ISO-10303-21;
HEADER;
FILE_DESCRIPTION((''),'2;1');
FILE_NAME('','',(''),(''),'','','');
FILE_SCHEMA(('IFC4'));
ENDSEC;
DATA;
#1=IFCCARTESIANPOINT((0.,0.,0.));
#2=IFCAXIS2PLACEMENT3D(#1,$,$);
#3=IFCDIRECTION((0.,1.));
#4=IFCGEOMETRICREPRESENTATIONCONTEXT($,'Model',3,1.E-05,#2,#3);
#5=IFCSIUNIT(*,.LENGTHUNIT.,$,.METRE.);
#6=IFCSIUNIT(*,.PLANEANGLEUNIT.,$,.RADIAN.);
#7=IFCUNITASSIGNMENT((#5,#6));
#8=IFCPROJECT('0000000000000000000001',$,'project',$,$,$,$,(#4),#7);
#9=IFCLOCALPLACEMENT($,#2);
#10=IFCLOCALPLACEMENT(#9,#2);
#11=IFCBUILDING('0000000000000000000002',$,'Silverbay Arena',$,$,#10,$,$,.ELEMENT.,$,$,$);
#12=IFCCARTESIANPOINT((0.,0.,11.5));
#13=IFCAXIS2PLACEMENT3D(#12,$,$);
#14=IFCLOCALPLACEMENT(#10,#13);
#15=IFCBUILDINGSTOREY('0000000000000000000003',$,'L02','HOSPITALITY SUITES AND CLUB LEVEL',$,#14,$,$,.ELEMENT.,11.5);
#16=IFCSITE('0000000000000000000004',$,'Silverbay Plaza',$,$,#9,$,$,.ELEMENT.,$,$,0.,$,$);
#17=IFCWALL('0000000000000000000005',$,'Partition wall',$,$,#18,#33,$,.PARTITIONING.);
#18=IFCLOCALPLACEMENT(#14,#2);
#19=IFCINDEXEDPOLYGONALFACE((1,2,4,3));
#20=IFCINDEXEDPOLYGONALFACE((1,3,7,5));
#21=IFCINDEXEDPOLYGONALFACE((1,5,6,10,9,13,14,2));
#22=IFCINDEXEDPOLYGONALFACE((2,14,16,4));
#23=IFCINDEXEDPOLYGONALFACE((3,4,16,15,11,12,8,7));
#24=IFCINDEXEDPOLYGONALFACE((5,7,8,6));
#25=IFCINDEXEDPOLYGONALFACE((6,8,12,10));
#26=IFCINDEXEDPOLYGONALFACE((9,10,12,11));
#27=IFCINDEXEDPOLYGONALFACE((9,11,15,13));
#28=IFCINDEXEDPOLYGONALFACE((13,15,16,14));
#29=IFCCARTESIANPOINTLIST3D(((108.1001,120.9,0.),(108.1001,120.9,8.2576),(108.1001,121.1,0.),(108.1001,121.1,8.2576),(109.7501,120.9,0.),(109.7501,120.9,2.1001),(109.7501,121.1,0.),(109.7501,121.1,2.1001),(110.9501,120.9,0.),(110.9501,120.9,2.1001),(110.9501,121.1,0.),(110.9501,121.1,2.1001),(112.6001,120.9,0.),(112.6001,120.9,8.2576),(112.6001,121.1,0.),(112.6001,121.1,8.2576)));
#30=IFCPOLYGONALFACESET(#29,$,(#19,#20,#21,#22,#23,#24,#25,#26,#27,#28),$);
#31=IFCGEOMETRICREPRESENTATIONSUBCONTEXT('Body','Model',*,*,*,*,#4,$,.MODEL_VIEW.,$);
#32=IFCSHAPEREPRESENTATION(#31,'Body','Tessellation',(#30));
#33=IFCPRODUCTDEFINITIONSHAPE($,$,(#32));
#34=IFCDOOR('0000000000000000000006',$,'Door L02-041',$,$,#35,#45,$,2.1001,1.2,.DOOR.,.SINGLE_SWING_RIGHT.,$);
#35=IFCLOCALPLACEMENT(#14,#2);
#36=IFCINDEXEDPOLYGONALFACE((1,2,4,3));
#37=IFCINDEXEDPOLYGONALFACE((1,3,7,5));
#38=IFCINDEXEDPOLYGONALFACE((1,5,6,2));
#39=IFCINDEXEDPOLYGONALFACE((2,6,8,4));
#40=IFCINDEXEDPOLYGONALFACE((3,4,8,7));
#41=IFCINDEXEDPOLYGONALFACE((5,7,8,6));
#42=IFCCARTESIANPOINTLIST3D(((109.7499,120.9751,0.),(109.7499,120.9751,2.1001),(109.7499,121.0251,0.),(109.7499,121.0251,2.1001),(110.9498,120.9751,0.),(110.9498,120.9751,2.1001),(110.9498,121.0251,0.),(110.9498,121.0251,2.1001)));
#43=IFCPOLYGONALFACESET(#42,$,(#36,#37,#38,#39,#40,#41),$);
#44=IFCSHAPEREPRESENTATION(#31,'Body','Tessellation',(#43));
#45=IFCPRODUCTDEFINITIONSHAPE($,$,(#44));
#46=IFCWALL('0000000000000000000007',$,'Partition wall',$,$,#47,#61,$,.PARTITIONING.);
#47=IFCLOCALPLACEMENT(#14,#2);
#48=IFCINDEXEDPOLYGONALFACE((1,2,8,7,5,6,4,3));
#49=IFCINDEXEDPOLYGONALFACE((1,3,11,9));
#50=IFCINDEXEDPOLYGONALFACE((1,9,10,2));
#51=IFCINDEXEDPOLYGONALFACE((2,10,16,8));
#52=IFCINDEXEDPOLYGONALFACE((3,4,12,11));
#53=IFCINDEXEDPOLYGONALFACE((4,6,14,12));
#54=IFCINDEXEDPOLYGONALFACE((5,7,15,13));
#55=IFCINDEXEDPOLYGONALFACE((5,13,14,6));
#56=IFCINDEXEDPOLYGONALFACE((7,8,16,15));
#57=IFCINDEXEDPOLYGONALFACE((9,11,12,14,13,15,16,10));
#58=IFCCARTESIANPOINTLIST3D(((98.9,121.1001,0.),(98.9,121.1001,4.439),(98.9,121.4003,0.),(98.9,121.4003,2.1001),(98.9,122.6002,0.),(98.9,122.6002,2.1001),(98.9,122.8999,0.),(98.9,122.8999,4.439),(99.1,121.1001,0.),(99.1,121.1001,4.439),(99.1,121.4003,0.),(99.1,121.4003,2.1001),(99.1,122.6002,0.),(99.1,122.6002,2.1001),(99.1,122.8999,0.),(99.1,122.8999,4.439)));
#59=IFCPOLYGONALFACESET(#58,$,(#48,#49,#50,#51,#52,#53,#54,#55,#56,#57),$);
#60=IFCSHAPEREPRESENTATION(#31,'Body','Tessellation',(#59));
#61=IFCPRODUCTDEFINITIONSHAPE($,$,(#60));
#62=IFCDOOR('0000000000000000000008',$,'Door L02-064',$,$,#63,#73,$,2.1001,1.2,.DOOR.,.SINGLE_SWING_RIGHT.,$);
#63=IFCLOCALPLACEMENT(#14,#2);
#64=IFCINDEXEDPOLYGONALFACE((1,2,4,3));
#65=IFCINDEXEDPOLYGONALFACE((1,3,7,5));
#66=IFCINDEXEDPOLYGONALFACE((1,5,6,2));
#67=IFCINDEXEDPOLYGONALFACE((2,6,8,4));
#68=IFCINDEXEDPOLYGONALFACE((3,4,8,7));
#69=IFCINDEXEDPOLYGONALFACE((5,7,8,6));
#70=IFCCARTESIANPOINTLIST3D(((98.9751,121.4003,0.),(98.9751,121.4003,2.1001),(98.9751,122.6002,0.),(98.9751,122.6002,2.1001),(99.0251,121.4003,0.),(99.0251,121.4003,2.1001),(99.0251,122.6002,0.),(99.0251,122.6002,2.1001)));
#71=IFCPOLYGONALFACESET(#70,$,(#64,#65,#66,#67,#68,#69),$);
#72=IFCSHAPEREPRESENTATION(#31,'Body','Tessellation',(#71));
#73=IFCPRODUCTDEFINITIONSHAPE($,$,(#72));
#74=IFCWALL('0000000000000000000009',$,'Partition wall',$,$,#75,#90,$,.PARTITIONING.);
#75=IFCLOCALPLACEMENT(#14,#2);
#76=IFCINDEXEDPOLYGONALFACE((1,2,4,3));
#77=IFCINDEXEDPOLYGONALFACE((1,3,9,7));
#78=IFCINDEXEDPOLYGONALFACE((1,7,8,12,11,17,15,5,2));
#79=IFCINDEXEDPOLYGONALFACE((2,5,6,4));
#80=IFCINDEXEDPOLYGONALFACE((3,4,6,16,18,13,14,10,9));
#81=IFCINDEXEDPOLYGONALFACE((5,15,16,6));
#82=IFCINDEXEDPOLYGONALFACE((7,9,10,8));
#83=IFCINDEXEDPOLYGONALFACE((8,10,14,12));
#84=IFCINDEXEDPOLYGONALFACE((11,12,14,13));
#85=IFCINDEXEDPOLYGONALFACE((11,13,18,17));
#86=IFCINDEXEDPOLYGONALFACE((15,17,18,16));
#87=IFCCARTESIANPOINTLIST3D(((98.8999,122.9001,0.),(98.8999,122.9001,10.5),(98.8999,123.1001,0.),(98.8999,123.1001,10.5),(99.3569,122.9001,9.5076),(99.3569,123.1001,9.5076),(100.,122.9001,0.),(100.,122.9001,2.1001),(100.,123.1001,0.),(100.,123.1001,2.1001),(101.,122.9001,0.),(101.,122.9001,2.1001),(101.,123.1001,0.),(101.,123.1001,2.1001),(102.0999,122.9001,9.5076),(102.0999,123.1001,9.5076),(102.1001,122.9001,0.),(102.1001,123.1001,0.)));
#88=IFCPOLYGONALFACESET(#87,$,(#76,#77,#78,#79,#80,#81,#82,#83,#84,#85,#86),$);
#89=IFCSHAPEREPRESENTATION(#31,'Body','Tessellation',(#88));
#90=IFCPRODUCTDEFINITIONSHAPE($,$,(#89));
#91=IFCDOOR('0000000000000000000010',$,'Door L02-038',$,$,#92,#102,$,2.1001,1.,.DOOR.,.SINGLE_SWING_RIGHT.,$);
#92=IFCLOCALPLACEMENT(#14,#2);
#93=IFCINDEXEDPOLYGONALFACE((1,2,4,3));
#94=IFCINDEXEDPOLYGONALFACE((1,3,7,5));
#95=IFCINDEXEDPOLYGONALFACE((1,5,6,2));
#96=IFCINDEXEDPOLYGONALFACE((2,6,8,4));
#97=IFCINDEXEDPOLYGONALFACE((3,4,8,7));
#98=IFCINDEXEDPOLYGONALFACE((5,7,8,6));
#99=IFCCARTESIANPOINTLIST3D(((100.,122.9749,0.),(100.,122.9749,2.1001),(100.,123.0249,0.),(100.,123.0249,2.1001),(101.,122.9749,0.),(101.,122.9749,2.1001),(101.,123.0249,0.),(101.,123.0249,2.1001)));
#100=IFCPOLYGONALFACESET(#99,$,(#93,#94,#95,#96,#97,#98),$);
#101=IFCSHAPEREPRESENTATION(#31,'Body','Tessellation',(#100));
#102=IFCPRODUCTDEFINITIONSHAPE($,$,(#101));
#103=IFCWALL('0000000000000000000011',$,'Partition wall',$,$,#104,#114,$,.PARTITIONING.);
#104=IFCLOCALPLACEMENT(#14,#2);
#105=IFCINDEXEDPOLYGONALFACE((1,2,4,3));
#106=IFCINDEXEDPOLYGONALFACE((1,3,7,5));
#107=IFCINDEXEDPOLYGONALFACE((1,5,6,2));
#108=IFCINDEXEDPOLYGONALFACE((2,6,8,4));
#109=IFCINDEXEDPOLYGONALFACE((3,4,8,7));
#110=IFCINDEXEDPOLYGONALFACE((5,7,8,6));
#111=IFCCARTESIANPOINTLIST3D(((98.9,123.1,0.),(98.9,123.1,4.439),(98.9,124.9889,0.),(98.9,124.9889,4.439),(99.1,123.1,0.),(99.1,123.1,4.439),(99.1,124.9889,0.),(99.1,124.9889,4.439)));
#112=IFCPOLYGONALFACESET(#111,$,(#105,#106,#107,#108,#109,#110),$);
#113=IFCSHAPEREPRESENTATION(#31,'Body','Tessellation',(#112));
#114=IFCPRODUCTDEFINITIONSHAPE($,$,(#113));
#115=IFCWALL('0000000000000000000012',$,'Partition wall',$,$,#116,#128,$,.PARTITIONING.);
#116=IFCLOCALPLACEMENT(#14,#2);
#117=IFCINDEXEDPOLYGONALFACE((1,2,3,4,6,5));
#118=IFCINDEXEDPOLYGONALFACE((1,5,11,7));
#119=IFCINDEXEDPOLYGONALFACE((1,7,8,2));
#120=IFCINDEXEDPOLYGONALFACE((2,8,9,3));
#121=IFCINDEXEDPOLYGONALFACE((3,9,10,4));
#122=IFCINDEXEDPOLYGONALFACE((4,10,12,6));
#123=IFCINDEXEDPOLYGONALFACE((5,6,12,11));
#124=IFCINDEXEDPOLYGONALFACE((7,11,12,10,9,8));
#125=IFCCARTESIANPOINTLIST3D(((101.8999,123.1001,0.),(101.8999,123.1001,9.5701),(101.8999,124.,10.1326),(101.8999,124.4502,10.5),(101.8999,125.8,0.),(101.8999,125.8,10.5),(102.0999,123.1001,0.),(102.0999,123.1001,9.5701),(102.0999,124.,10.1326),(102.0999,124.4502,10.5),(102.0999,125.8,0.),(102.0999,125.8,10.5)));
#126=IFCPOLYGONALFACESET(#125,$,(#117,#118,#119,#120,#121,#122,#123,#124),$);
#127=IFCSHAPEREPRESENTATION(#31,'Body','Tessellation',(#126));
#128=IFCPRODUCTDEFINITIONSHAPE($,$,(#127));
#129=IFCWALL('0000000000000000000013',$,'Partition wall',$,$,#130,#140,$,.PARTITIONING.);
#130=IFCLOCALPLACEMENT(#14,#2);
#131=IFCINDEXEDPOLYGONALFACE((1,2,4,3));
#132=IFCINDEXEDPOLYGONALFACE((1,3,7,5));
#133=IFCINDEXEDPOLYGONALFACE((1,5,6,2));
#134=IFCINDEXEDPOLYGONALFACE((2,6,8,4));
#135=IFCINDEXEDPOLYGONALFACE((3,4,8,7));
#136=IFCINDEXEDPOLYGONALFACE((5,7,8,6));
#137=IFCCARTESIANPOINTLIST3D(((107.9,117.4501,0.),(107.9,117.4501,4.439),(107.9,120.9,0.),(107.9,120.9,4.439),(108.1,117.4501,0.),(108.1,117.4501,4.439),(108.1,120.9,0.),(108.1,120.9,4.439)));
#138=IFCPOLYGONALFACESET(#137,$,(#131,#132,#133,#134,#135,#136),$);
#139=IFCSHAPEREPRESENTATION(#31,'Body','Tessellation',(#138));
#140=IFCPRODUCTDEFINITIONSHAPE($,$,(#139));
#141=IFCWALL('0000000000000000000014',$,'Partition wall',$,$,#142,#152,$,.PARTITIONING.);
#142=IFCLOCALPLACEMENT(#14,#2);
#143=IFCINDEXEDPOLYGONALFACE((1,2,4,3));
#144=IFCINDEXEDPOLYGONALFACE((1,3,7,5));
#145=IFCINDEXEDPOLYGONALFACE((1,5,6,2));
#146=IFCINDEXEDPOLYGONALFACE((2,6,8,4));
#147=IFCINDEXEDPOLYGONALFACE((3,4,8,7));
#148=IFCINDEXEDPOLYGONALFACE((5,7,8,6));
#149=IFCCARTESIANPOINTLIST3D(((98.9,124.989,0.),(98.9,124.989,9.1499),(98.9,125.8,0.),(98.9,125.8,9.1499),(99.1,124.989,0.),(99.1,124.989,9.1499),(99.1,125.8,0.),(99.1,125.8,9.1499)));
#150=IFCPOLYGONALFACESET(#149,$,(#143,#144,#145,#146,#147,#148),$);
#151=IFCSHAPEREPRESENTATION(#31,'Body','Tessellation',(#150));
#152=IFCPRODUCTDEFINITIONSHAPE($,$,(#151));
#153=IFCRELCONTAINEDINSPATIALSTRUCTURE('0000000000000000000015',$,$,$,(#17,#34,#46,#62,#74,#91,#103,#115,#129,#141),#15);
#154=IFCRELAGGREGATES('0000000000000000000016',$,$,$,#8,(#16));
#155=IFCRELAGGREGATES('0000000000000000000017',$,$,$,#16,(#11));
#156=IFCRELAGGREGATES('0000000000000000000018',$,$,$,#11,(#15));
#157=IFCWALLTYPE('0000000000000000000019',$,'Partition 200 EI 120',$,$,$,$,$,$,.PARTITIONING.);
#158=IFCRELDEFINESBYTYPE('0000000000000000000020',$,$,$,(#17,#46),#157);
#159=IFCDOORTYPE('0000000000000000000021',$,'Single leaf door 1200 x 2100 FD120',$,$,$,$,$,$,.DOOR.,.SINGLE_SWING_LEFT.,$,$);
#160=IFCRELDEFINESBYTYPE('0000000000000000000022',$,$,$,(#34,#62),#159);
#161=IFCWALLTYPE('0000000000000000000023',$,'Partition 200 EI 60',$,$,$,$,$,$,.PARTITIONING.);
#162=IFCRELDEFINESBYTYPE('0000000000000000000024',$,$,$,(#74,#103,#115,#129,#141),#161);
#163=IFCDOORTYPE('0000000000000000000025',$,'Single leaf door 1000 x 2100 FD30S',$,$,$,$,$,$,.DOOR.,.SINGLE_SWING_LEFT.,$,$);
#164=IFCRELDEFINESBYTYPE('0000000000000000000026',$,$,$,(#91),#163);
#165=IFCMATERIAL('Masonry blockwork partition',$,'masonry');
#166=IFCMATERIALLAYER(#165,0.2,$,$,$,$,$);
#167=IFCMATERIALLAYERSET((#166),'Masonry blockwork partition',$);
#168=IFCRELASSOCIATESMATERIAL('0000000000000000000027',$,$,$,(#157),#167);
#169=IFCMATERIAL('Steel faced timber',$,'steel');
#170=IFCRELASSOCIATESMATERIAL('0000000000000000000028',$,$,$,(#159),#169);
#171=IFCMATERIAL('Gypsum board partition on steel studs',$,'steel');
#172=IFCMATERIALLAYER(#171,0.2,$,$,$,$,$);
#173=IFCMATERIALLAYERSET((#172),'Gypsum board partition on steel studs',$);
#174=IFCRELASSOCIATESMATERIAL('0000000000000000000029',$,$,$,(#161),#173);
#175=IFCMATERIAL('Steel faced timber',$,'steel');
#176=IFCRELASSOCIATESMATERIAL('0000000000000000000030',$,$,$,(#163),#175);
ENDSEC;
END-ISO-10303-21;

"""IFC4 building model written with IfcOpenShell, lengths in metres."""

from ifc_helpers import new_model, si_unit, direction, frame, frame_2d, origin, place, context, subcontext, project, spatial, polyline, rectangle, outline, extrude, material, layer, layer_set, type_object, element, fill, save


model = new_model("IFC4")

# Units and contexts
model_context = context("Model", 3, precision=1e-05, world=origin(), true_north=direction((0.0, 1.0)))
body_context = subcontext(model_context, "Body", "Model", "MODEL_VIEW")
ifc_project = project(units=[si_unit("LENGTHUNIT", "METRE"), si_unit("PLANEANGLEUNIT", "RADIAN")], contexts=[model_context])

# Site, building, storey
site_placement = place(None, origin())
site = spatial("IfcSite", under=ifc_project, at=site_placement, Name="Silverbay Plaza", CompositionType="ELEMENT", RefElevation=0.0)
building_placement = place(site_placement, origin())
building = spatial("IfcBuilding", under=site, at=building_placement, Name="Silverbay Arena", CompositionType="ELEMENT")
storey_placement = place(building_placement, frame((0.0, 0.0, 11.5)))
storey = spatial("IfcBuildingStorey", under=building, at=storey_placement, Name="L02", Description="HOSPITALITY SUITES AND CLUB LEVEL", CompositionType="ELEMENT", Elevation=11.5)

# Walls, openings, doors
ifc_material_1 = material(Name="Masonry blockwork partition", Category="masonry")
ifc_layer_1 = layer(ifc_material_1, 0.2)
ifc_layer_set_1 = layer_set([ifc_layer_1], Name="Masonry blockwork partition")
wall_type_1 = type_object("IfcWallType", Name="Partition 200 EI 120", PredefinedType="PARTITIONING", material=ifc_layer_set_1)
ifc_material_2 = material(Name="Steel faced timber", Category="steel")
door_type_1 = type_object("IfcDoorType", Name="Single leaf door 1200 x 2100 FD120", OperationType="SINGLE_SWING_LEFT", PredefinedType="DOOR", material=ifc_material_2)
wall_1_placement = place(storey_placement, frame((108.1001, 121.0, 0.0), z_axis=(0.0, 0.0, 1.0), x_axis=(1.0, 0.0, 0.0)))
wall_1 = element("IfcWall", 1, at=wall_1_placement, inside=storey, type_object=wall_type_1, Name="Partition wall", PredefinedType="PARTITIONING", context=body_context, shape_type="SweptSolid", body=[
    extrude(rectangle(XDim=4.5, YDim=0.2, at=frame_2d((2.25, 0.0))), origin(), (0.0, 0.0, 1.0), 8.2576),
])
opening_1_placement = place(wall_1_placement, frame((1.6499, 0.0, 0.0)))
opening_1 = element("IfcOpeningElement", 2, at=opening_1_placement, cuts=wall_1, PredefinedType="OPENING", context=body_context, shape_type="SweptSolid", body=[
    extrude(rectangle(XDim=1.2, YDim=2.1001, at=frame_2d((0.6001, 1.05))), frame((0.0, 0.1099, 0.0), z_axis=(0.0, -1.0, 0.0), x_axis=(1.0, 0.0, 0.0)), (0.0, 0.0, 1.0), 0.22),
])
door_1_placement = place(opening_1_placement, frame((1.2, 0.0, 0.0), z_axis=(0.0, 0.0, 1.0), x_axis=(-1.0, 0.0, 0.0)))
door_1 = element("IfcDoor", 3, at=door_1_placement, inside=storey, type_object=door_type_1, Name="Door L02-041", OperationType="SINGLE_SWING_RIGHT", OverallHeight=2.1001, OverallWidth=1.2, PredefinedType="DOOR", context=body_context, shape_type="SweptSolid", body=[
    extrude(rectangle(XDim=1.2, YDim=2.1001, at=frame_2d((0.6001, 1.05))), frame((0.0, 0.0249, 0.0), z_axis=(0.0, -1.0, 0.0), x_axis=(1.0, 0.0, 0.0)), (0.0, 0.0, 1.0), 0.05),
])
fill(opening_1, door_1)
wall_2_placement = place(storey_placement, frame((99.0, 121.1001, 0.0), z_axis=(0.0, 0.0, 1.0), x_axis=(0.0, 1.0, 0.0)))
wall_2 = element("IfcWall", 4, at=wall_2_placement, inside=storey, type_object=wall_type_1, Name="Partition wall", PredefinedType="PARTITIONING", context=body_context, shape_type="SweptSolid", body=[
    extrude(rectangle(XDim=1.7998, YDim=0.2, at=frame_2d((0.8999, 0.0))), origin(), (0.0, 0.0, 1.0), 4.439),
])
opening_2_placement = place(wall_2_placement, frame((0.3, 0.0, 0.0)))
opening_2 = element("IfcOpeningElement", 5, at=opening_2_placement, cuts=wall_2, PredefinedType="OPENING", context=body_context, shape_type="SweptSolid", body=[
    extrude(rectangle(XDim=1.2, YDim=2.1001, at=frame_2d((0.6001, 1.05))), frame((0.0, 0.1099, 0.0), z_axis=(0.0, -1.0, 0.0), x_axis=(1.0, 0.0, 0.0)), (0.0, 0.0, 1.0), 0.22),
])
door_2_placement = place(opening_2_placement, origin())
door_2 = element("IfcDoor", 6, at=door_2_placement, inside=storey, type_object=door_type_1, Name="Door L02-064", OperationType="SINGLE_SWING_RIGHT", OverallHeight=2.1001, OverallWidth=1.2, PredefinedType="DOOR", context=body_context, shape_type="SweptSolid", body=[
    extrude(rectangle(XDim=1.2, YDim=2.1001, at=frame_2d((0.6001, 1.05))), frame((0.0, 0.0249, 0.0), z_axis=(0.0, -1.0, 0.0), x_axis=(1.0, 0.0, 0.0)), (0.0, 0.0, 1.0), 0.05),
])
fill(opening_2, door_2)
ifc_material_3 = material(Name="Gypsum board partition on steel studs", Category="steel")
ifc_layer_2 = layer(ifc_material_3, 0.2)
ifc_layer_set_2 = layer_set([ifc_layer_2], Name="Gypsum board partition on steel studs")
wall_type_2 = type_object("IfcWallType", Name="Partition 200 EI 60", PredefinedType="PARTITIONING", material=ifc_layer_set_2)
wall_3_placement = place(storey_placement, frame((98.8999, 123.0, 0.0), z_axis=(0.0, 0.0, 1.0), x_axis=(1.0, 0.0, 0.0)))
wall_3 = element("IfcWall", 7, at=wall_3_placement, inside=storey, type_object=wall_type_2, Name="Partition wall", PredefinedType="PARTITIONING", context=body_context, shape_type="SweptSolid", body=[
    extrude(outline(polyline([(0.0, 0.0), (3.2002, 0.0), (3.2, 9.5076), (0.457, 9.5076), (0.0, 10.5), (0.0, 0.0)])), frame((0.0, 0.1001, 0.0), z_axis=(0.0, -1.0, 0.0), x_axis=(1.0, 0.0, 0.0)), (0.0, 0.0, 1.0), 0.2),
])
opening_3_placement = place(wall_3_placement, frame((1.1001, 0.0, 0.0)))
opening_3 = element("IfcOpeningElement", 8, at=opening_3_placement, cuts=wall_3, PredefinedType="OPENING", context=body_context, shape_type="SweptSolid", body=[
    extrude(rectangle(XDim=1.0, YDim=2.1001, at=frame_2d((0.5, 1.05))), frame((0.0, 0.1099, 0.0), z_axis=(0.0, -1.0, 0.0), x_axis=(1.0, 0.0, 0.0)), (0.0, 0.0, 1.0), 0.22),
])
ifc_material_4 = material(Name="Steel faced timber", Category="steel")
door_type_2 = type_object("IfcDoorType", Name="Single leaf door 1000 x 2100 FD30S", OperationType="SINGLE_SWING_LEFT", PredefinedType="DOOR", material=ifc_material_4)
door_3_placement = place(opening_3_placement, origin())
door_3 = element("IfcDoor", 9, at=door_3_placement, inside=storey, type_object=door_type_2, Name="Door L02-038", OperationType="SINGLE_SWING_RIGHT", OverallHeight=2.1001, OverallWidth=1.0, PredefinedType="DOOR", context=body_context, shape_type="SweptSolid", body=[
    extrude(rectangle(XDim=1.0, YDim=2.1001, at=frame_2d((0.5, 1.05))), frame((0.0, 0.0249, 0.0), z_axis=(0.0, -1.0, 0.0), x_axis=(1.0, 0.0, 0.0)), (0.0, 0.0, 1.0), 0.05),
])
fill(opening_3, door_3)

# Walls
wall_4_placement = place(storey_placement, frame((99.0, 123.1001, 0.0), z_axis=(0.0, 0.0, 1.0), x_axis=(0.0, 1.0, 0.0)))
element("IfcWall", 10, at=wall_4_placement, inside=storey, type_object=wall_type_2, Name="Partition wall", PredefinedType="PARTITIONING", context=body_context, shape_type="SweptSolid", body=[
    extrude(rectangle(XDim=1.8889, YDim=0.2, at=frame_2d((0.9443, 0.0))), origin(), (0.0, 0.0, 1.0), 4.439),
])
wall_5_placement = place(storey_placement, frame((102.0, 123.1001, 0.0), z_axis=(0.0, 0.0, 1.0), x_axis=(0.0, 1.0, 0.0)))
element("IfcWall", 11, at=wall_5_placement, inside=storey, type_object=wall_type_2, Name="Partition wall", PredefinedType="PARTITIONING", context=body_context, shape_type="SweptSolid", body=[
    extrude(outline(polyline([(0.0, 0.0), (2.7, 0.0), (2.7, 10.5), (1.3501, 10.5), (0.8999, 10.1326), (0.0, 9.5701), (0.0, 0.0)])), frame((0.0, 0.1001, 0.0), z_axis=(0.0, -1.0, 0.0), x_axis=(1.0, 0.0, 0.0)), (0.0, 0.0, 1.0), 0.2),
])
wall_6_placement = place(storey_placement, frame((108.0, 117.45, 0.0), z_axis=(0.0, 0.0, 1.0), x_axis=(0.0, 1.0, 0.0)))
element("IfcWall", 12, at=wall_6_placement, inside=storey, type_object=wall_type_2, Name="Partition wall", PredefinedType="PARTITIONING", context=body_context, shape_type="SweptSolid", body=[
    extrude(rectangle(XDim=3.45, YDim=0.2, at=frame_2d((1.7251, 0.0))), origin(), (0.0, 0.0, 1.0), 4.439),
])
wall_7_placement = place(storey_placement, frame((99.0, 124.989, 0.0), z_axis=(0.0, 0.0, 1.0), x_axis=(0.0, 1.0, 0.0)))
element("IfcWall", 13, at=wall_7_placement, inside=storey, type_object=wall_type_2, Name="Partition wall", PredefinedType="PARTITIONING", context=body_context, shape_type="SweptSolid", body=[
    extrude(rectangle(XDim=0.811, YDim=0.2, at=frame_2d((0.4055, 0.0))), origin(), (0.0, 0.0, 1.0), 9.1499),
])

save(model, "model.ifc")
